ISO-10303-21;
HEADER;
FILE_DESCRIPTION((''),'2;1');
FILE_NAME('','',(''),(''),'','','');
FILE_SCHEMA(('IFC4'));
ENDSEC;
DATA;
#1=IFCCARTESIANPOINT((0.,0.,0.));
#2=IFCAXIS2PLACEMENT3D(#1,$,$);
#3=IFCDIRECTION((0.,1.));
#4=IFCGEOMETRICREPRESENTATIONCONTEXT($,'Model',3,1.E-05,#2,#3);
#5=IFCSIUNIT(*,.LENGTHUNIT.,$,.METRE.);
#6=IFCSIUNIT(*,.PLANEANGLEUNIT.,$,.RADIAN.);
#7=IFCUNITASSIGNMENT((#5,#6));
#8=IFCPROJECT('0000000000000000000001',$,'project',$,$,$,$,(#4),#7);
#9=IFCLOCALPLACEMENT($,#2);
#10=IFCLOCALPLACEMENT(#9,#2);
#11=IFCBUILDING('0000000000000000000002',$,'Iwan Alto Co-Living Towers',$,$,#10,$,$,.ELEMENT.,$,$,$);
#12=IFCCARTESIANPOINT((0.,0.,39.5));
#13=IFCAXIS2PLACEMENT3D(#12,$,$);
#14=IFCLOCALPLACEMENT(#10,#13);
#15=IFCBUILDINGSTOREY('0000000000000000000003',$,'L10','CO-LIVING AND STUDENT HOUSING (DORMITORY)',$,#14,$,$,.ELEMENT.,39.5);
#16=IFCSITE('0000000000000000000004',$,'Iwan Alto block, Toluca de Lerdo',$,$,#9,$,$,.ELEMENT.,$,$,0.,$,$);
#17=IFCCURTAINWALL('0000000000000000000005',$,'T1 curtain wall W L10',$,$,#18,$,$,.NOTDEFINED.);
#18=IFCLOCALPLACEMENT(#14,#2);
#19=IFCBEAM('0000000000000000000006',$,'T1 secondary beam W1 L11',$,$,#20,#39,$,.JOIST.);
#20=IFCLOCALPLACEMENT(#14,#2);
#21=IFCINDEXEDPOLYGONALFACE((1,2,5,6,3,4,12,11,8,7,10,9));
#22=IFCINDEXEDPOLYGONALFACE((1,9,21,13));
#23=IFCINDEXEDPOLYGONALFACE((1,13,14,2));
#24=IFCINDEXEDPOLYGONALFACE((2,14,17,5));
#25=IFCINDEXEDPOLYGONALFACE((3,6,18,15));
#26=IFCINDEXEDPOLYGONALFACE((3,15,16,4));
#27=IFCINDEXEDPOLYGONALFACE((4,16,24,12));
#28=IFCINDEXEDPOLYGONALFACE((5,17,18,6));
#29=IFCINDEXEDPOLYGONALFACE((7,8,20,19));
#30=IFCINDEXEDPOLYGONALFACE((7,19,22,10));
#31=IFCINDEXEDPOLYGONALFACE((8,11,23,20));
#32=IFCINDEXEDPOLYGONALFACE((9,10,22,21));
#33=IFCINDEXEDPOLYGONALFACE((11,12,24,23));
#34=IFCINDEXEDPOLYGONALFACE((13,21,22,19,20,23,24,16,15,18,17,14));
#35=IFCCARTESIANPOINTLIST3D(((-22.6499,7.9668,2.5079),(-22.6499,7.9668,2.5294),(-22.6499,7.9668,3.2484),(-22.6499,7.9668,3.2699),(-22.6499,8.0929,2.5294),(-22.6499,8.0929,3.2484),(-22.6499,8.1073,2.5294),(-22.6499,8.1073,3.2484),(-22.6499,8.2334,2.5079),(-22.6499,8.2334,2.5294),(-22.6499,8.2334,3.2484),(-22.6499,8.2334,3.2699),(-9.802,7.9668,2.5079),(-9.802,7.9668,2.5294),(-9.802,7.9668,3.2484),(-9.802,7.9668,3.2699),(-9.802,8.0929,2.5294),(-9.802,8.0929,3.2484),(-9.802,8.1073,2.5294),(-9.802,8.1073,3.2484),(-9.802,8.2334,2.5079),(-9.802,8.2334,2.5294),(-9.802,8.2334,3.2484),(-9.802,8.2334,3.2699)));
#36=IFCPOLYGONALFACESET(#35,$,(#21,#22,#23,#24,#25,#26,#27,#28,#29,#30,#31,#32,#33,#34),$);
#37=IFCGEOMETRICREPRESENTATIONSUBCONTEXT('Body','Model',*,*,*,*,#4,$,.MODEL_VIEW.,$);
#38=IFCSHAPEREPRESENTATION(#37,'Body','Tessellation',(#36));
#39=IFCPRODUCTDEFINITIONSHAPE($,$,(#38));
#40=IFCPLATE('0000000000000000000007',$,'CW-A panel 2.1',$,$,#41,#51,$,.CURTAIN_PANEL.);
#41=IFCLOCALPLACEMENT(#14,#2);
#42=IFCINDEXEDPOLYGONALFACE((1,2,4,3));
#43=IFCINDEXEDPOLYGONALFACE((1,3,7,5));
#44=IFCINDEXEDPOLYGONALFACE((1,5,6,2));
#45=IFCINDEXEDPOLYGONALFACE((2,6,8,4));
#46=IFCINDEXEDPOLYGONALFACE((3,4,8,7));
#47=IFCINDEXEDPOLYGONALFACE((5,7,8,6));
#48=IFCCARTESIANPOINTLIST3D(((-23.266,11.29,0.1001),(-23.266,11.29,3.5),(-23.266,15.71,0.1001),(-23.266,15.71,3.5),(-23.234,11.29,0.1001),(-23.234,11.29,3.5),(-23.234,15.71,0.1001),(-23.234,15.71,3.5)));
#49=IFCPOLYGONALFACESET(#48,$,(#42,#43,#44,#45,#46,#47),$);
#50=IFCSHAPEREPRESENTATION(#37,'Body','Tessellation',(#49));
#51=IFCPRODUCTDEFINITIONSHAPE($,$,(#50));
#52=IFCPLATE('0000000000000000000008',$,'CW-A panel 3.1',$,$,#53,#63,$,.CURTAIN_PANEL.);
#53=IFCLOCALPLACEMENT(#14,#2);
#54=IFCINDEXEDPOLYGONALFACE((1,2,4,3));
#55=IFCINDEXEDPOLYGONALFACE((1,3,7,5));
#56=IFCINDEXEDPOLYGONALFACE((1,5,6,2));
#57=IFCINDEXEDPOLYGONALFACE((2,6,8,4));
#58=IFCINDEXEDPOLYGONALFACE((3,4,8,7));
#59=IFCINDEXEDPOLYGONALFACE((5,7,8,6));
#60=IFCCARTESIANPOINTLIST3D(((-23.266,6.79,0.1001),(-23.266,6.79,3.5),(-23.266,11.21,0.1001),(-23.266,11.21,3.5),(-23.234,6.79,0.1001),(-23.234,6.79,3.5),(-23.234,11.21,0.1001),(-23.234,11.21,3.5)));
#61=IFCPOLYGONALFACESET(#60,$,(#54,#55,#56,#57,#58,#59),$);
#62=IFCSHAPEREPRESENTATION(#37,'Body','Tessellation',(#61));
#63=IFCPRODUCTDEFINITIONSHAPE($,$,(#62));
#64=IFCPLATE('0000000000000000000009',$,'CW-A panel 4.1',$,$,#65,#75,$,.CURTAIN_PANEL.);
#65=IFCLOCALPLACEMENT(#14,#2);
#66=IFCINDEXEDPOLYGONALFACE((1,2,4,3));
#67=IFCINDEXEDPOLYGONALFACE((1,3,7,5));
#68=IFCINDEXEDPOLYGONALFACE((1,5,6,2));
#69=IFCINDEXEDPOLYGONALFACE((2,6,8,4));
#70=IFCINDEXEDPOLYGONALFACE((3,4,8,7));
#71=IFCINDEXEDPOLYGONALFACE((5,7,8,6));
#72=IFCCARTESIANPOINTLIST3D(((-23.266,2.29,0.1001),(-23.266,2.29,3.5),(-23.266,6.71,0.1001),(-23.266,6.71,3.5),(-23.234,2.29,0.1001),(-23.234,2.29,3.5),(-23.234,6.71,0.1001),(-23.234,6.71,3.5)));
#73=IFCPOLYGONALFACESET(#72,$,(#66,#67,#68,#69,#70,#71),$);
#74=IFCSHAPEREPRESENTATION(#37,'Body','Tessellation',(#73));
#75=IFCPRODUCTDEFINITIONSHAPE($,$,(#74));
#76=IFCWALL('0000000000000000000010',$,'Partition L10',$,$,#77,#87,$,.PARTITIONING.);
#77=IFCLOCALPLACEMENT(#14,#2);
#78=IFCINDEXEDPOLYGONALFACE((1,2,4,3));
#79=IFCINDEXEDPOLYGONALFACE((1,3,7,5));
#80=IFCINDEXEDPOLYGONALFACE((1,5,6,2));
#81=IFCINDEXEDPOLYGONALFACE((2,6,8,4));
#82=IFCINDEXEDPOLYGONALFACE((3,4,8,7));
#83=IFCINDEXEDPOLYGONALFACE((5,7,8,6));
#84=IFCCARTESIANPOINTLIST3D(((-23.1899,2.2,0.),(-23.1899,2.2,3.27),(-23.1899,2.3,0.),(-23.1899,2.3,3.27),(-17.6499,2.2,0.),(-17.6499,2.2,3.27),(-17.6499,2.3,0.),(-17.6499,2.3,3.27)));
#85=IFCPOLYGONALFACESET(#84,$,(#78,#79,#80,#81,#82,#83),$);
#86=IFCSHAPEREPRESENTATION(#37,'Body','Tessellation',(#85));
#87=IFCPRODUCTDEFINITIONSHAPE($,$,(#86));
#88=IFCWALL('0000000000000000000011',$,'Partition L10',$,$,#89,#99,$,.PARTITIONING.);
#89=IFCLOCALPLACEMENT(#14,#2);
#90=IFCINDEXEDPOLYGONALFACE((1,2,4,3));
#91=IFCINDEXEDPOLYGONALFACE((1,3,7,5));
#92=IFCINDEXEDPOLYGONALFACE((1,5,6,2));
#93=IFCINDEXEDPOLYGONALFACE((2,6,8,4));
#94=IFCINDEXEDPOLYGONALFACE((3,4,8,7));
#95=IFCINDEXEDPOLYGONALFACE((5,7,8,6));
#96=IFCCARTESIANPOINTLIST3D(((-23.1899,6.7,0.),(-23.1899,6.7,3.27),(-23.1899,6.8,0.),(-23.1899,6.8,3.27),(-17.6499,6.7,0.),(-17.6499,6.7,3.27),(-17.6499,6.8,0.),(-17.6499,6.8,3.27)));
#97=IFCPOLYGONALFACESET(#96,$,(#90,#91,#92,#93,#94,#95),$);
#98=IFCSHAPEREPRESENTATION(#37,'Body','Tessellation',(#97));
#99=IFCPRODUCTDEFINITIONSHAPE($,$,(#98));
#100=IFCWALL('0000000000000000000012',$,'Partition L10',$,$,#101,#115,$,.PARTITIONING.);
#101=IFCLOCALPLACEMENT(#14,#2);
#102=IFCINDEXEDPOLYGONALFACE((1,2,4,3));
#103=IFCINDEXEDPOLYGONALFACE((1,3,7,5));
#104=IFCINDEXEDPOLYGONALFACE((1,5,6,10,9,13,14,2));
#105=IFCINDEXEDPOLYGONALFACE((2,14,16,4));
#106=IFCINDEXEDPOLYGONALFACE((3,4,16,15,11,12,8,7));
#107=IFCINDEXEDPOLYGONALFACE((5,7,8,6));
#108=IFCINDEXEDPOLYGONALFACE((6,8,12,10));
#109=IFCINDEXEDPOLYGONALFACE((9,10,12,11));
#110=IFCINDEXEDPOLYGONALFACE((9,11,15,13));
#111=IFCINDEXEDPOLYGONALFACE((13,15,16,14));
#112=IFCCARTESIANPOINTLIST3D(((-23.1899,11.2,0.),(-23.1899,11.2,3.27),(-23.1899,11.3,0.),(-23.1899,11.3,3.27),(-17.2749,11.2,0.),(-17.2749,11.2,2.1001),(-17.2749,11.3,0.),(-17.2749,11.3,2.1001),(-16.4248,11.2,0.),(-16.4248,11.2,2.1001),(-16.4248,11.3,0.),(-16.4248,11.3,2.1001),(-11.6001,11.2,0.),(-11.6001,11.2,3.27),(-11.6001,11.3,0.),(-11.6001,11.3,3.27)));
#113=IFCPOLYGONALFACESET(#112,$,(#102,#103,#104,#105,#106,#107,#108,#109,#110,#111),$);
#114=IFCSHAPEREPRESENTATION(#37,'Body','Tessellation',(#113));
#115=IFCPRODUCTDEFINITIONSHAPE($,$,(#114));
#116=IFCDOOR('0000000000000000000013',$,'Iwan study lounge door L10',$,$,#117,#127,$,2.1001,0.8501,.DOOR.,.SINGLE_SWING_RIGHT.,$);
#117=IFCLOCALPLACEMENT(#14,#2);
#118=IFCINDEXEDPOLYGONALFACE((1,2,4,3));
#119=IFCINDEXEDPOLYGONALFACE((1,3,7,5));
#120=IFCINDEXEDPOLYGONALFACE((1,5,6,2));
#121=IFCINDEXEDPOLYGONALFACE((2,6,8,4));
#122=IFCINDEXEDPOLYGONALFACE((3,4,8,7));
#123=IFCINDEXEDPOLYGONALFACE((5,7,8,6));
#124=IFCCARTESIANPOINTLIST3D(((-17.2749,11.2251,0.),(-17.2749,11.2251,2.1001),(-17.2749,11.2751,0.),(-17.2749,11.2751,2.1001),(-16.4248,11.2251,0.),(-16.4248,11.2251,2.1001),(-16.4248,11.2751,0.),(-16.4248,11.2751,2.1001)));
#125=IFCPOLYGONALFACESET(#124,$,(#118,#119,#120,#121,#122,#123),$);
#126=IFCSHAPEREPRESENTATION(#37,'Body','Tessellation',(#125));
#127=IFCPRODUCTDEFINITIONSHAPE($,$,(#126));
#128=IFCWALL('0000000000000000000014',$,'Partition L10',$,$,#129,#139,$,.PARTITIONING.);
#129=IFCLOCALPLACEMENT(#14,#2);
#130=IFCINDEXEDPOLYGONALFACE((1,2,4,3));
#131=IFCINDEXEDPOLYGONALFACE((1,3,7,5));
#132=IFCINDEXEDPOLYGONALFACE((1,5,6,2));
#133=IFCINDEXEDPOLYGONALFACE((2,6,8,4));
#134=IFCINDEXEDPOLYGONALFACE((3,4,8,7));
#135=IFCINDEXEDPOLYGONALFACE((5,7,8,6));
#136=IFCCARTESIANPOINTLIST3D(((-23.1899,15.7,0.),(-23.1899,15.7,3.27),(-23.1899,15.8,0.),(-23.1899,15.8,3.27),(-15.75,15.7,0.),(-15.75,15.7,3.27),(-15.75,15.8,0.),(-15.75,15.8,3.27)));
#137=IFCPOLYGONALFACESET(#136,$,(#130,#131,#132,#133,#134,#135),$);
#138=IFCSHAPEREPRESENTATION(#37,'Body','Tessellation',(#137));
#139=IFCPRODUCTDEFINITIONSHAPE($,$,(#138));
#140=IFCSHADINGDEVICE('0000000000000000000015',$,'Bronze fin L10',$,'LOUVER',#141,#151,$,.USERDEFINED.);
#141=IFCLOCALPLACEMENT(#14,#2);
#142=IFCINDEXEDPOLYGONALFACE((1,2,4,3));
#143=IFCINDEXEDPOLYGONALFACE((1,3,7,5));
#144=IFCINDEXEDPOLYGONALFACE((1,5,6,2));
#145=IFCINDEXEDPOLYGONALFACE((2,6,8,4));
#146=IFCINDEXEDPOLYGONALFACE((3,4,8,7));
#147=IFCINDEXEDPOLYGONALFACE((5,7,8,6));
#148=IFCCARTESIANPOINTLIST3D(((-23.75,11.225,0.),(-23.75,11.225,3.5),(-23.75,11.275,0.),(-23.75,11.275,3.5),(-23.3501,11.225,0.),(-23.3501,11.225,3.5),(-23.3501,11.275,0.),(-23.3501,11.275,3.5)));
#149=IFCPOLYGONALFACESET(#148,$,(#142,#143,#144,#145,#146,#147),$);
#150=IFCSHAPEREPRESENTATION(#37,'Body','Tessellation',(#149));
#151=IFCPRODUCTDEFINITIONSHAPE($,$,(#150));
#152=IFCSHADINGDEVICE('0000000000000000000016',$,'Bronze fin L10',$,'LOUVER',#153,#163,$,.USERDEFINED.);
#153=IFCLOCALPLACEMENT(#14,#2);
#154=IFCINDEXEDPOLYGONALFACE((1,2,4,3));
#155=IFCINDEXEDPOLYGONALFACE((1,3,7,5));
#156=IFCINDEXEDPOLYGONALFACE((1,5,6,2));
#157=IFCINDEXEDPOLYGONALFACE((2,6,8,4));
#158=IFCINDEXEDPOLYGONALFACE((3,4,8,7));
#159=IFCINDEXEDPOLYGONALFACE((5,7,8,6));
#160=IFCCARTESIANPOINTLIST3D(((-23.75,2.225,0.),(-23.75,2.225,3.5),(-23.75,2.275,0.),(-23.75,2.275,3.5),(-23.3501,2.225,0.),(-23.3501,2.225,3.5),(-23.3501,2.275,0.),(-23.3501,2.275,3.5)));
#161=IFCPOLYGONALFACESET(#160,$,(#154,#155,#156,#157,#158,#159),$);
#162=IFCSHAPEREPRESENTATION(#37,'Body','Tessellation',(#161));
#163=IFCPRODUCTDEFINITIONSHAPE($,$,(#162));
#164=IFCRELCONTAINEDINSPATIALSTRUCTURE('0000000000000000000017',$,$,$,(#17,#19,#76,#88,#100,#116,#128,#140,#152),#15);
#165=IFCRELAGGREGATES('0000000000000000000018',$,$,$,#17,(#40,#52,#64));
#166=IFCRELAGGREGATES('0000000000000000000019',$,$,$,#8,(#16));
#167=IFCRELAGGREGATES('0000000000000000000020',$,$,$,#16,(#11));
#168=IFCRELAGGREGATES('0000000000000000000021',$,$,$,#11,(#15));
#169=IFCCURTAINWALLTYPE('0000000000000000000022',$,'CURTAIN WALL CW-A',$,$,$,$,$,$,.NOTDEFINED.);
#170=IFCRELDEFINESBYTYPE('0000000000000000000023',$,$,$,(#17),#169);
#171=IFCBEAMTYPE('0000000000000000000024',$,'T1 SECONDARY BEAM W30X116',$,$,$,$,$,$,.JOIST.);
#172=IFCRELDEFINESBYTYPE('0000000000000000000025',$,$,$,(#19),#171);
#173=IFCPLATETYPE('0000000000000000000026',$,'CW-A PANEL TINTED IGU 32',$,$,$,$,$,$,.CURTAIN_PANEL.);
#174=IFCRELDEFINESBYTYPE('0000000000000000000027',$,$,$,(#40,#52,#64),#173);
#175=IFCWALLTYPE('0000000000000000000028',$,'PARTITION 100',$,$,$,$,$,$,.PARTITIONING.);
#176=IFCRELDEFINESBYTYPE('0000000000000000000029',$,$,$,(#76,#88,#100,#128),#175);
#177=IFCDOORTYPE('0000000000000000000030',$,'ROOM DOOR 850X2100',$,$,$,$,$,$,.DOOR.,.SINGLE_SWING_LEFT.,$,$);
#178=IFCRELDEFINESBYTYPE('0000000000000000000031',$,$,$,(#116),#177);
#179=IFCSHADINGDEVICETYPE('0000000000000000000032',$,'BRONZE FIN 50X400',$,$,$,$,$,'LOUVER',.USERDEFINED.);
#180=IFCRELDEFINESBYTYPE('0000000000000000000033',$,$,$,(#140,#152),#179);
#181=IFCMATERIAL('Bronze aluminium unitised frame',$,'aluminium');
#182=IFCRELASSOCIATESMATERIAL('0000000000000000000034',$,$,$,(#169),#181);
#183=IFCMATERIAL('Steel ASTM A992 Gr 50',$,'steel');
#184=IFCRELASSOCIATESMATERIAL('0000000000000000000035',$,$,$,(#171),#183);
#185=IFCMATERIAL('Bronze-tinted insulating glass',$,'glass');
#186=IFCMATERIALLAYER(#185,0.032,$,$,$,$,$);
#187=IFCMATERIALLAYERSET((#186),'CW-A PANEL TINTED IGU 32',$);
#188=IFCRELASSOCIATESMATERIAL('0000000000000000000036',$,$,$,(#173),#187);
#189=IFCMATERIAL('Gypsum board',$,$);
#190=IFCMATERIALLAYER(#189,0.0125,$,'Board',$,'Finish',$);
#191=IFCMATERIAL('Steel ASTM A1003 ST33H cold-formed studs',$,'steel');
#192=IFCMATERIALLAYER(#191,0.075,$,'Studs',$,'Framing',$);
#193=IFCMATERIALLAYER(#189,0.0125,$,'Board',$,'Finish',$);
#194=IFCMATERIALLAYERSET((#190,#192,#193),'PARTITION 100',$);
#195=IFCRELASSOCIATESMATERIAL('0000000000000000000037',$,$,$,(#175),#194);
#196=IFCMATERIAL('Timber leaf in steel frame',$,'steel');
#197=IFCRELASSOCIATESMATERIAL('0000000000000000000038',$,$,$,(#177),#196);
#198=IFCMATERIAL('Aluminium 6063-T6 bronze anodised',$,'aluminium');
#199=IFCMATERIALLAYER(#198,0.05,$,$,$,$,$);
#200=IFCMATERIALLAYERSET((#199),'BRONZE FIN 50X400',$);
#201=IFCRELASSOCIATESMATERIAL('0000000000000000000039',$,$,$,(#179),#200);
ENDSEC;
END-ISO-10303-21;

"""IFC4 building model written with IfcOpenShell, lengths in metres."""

from ifc_helpers import new_model, si_unit, direction, frame, frame_2d, origin, origin_2d, place, context, subcontext, project, spatial, rectangle, i_section, extrude, material, layer, layer_set, material_profile, profile_set, type_object, element, fill, aggregate, save


model = new_model("IFC4")

# Units and contexts
model_context = context("Model", 3, precision=1e-05, world=origin(), true_north=direction((0.0, 1.0)))
body_context = subcontext(model_context, "Body", "Model", "MODEL_VIEW")
ifc_project = project(units=[si_unit("LENGTHUNIT", "METRE"), si_unit("PLANEANGLEUNIT", "RADIAN")], contexts=[model_context])

# Site, building, storey
site_placement = place(None, origin())
site = spatial("IfcSite", under=ifc_project, at=site_placement, Name="Iwan Alto block, Toluca de Lerdo", CompositionType="ELEMENT", RefElevation=0.0)
building_placement = place(site_placement, origin())
building = spatial("IfcBuilding", under=site, at=building_placement, Name="Iwan Alto Co-Living Towers", CompositionType="ELEMENT")
storey_placement = place(building_placement, frame((0.0, 0.0, 39.5)))
storey = spatial("IfcBuildingStorey", under=building, at=storey_placement, Name="L10", Description="CO-LIVING AND STUDENT HOUSING (DORMITORY)", CompositionType="ELEMENT", Elevation=39.5)

# Curtain wall
ifc_material_1 = material(Name="Bronze aluminium unitised frame", Category="aluminium")
curtain_wall_type = type_object("IfcCurtainWallType", Name="CURTAIN WALL CW-A", PredefinedType="NOTDEFINED", material=ifc_material_1)
curtain_wall_placement = place(storey_placement, origin())
curtain_wall = element("IfcCurtainWall", 1, at=curtain_wall_placement, inside=storey, type_object=curtain_wall_type, Name="T1 curtain wall W L10", PredefinedType="NOTDEFINED")

# Beam
ifc_material_2 = material(Name="Steel ASTM A992 Gr 50", Category="steel")
ifc_material_profile_1 = material_profile(ifc_material_2, i_section(OverallWidth=0.2666, OverallDepth=0.762, WebThickness=0.0144, FlangeThickness=0.0215, at=origin_2d()), Name="W30X116")
ifc_profile_set_1 = profile_set([ifc_material_profile_1], Name="Steel ASTM A992 Gr 50")
beam_type_1 = type_object("IfcBeamType", Name="T1 SECONDARY BEAM W30X116", PredefinedType="JOIST", material=ifc_profile_set_1)
beam_1_placement = place(storey_placement, frame((-22.6499, 8.1001, 2.8889), z_axis=(1.0, 0.0, 0.0), x_axis=(0.0, 1.0, 0.0)))
element("IfcBeam", 2, at=beam_1_placement, inside=storey, type_object=beam_type_1, Name="T1 secondary beam W1 L11", PredefinedType="JOIST", context=body_context, shape_type="SweptSolid", body=[
    extrude(i_section(OverallWidth=0.2666, OverallDepth=0.762, WebThickness=0.0144, FlangeThickness=0.0215, at=origin_2d()), origin(), (0.0, 0.0, 1.0), 12.8479),
])

# Plates
ifc_material_3 = material(Name="Bronze-tinted insulating glass", Category="glass")
ifc_layer_1 = layer(ifc_material_3, 0.032)
ifc_layer_set_1 = layer_set([ifc_layer_1], Name="CW-A PANEL TINTED IGU 32")
plate_type = type_object("IfcPlateType", Name="CW-A PANEL TINTED IGU 32", PredefinedType="CURTAIN_PANEL", material=ifc_layer_set_1)
plate_1_placement = place(storey_placement, frame((-23.25, 13.5, 0.1001), z_axis=(0.0, 0.0, 1.0), x_axis=(0.0, -1.0, 0.0)))
plate_1 = element("IfcPlate", 3, at=plate_1_placement, type_object=plate_type, Name="CW-A panel 2.1", PredefinedType="CURTAIN_PANEL", context=body_context, shape_type="SweptSolid", body=[
    extrude(rectangle(XDim=4.4199, YDim=0.032, at=origin_2d()), origin(), (0.0, 0.0, 1.0), 3.3999),
])
plate_2_placement = place(storey_placement, frame((-23.25, 9.0, 0.1001), z_axis=(0.0, 0.0, 1.0), x_axis=(0.0, -1.0, 0.0)))
plate_2 = element("IfcPlate", 4, at=plate_2_placement, type_object=plate_type, Name="CW-A panel 3.1", PredefinedType="CURTAIN_PANEL", context=body_context, shape_type="SweptSolid", body=[
    extrude(rectangle(XDim=4.4199, YDim=0.032, at=origin_2d()), origin(), (0.0, 0.0, 1.0), 3.3999),
])
plate_3_placement = place(storey_placement, frame((-23.25, 4.5, 0.1001), z_axis=(0.0, 0.0, 1.0), x_axis=(0.0, -1.0, 0.0)))
plate_3 = element("IfcPlate", 5, at=plate_3_placement, type_object=plate_type, Name="CW-A panel 4.1", PredefinedType="CURTAIN_PANEL", context=body_context, shape_type="SweptSolid", body=[
    extrude(rectangle(XDim=4.4199, YDim=0.032, at=origin_2d()), origin(), (0.0, 0.0, 1.0), 3.3999),
])
aggregate(curtain_wall, [plate_1, plate_2, plate_3])

# Walls
ifc_material_4 = material(Name="Gypsum board")
ifc_layer_2 = layer(ifc_material_4, 0.0125, Name="Board", Category="Finish")
ifc_material_5 = material(Name="Steel ASTM A1003 ST33H cold-formed studs", Category="steel")
ifc_layer_3 = layer(ifc_material_5, 0.075, Name="Studs", Category="Framing")
ifc_layer_4 = layer(ifc_material_4, 0.0125, Name="Board", Category="Finish")
ifc_layer_set_2 = layer_set([ifc_layer_2, ifc_layer_3, ifc_layer_4], Name="PARTITION 100")
wall_type = type_object("IfcWallType", Name="PARTITION 100", PredefinedType="PARTITIONING", material=ifc_layer_set_2)
for number, where, z_axis, x_axis, name in (
    (6, (-23.1899, 2.25, 0.0), (0.0, 0.0, 1.0), (1.0, 0.0, 0.0), "Partition L10"),
    (7, (-23.1899, 6.75, 0.0), (0.0, 0.0, 1.0), (1.0, 0.0, 0.0), "Partition L10"),
):
    element("IfcWall", number, at=place(storey_placement, frame(where, z_axis=z_axis, x_axis=x_axis)), inside=storey, type_object=wall_type, Name=name, PredefinedType="PARTITIONING", context=body_context, shape_type="SweptSolid", body=[
        extrude(rectangle(XDim=5.54, YDim=0.1001, at=frame_2d((2.77, 0.0))), origin(), (0.0, 0.0, 1.0), 3.27),
    ])

# Wall, opening, door
wall_1_placement = place(storey_placement, frame((-23.1899, 11.25, 0.0), z_axis=(0.0, 0.0, 1.0), x_axis=(1.0, 0.0, 0.0)))
wall_1 = element("IfcWall", 8, at=wall_1_placement, inside=storey, type_object=wall_type, Name="Partition L10", PredefinedType="PARTITIONING", context=body_context, shape_type="SweptSolid", body=[
    extrude(rectangle(XDim=11.5898, YDim=0.1001, at=frame_2d((5.7949, 0.0))), origin(), (0.0, 0.0, 1.0), 3.27),
])
opening_placement = place(wall_1_placement, frame((5.915, 0.0, 0.0)))
opening = element("IfcOpeningElement", 9, at=opening_placement, cuts=wall_1, PredefinedType="OPENING", context=body_context, shape_type="SweptSolid", body=[
    extrude(rectangle(XDim=0.8501, YDim=2.1001, at=frame_2d((0.425, 1.05))), frame((0.0, 0.0601, 0.0), z_axis=(0.0, -1.0, 0.0), x_axis=(1.0, 0.0, 0.0)), (0.0, 0.0, 1.0), 0.1201),
])
ifc_material_6 = material(Name="Timber leaf in steel frame", Category="steel")
door_type = type_object("IfcDoorType", Name="ROOM DOOR 850X2100", OperationType="SINGLE_SWING_LEFT", PredefinedType="DOOR", material=ifc_material_6)
door_placement = place(opening_placement, frame((0.8501, 0.0, 0.0), z_axis=(0.0, 0.0, 1.0), x_axis=(-1.0, 0.0, 0.0)))
door = element("IfcDoor", 10, at=door_placement, inside=storey, type_object=door_type, Name="Iwan study lounge door L10", OperationType="SINGLE_SWING_RIGHT", OverallHeight=2.1001, OverallWidth=0.8501, PredefinedType="DOOR", context=body_context, shape_type="SweptSolid", body=[
    extrude(rectangle(XDim=0.8501, YDim=2.1001, at=frame_2d((0.425, 1.05))), frame((0.0, 0.0249, 0.0), z_axis=(0.0, -1.0, 0.0), x_axis=(1.0, 0.0, 0.0)), (0.0, 0.0, 1.0), 0.05),
])
fill(opening, door)

# Wall
wall_2_placement = place(storey_placement, frame((-23.1899, 15.75, 0.0), z_axis=(0.0, 0.0, 1.0), x_axis=(1.0, 0.0, 0.0)))
element("IfcWall", 11, at=wall_2_placement, inside=storey, type_object=wall_type, Name="Partition L10", PredefinedType="PARTITIONING", context=body_context, shape_type="SweptSolid", body=[
    extrude(rectangle(XDim=7.4399, YDim=0.1001, at=frame_2d((3.72, 0.0))), origin(), (0.0, 0.0, 1.0), 3.27),
])

# Shading devices
ifc_material_7 = material(Name="Aluminium 6063-T6 bronze anodised", Category="aluminium")
ifc_layer_5 = layer(ifc_material_7, 0.05)
ifc_layer_set_3 = layer_set([ifc_layer_5], Name="BRONZE FIN 50X400")
shading_device_type = type_object("IfcShadingDeviceType", Name="BRONZE FIN 50X400", ElementType="LOUVER", PredefinedType="USERDEFINED", material=ifc_layer_set_3)
for number, where, z_axis, x_axis, name in (
    (12, (-23.55, 11.25, 0.0), (0.0, 0.0, 1.0), (0.0, -1.0, 0.0), "Bronze fin L10"),
    (13, (-23.55, 2.25, 0.0), (0.0, 0.0, 1.0), (0.0, -1.0, 0.0), "Bronze fin L10"),
):
    element("IfcShadingDevice", number, at=place(storey_placement, frame(where, z_axis=z_axis, x_axis=x_axis)), inside=storey, type_object=shading_device_type, Name=name, ObjectType="LOUVER", PredefinedType="USERDEFINED", context=body_context, shape_type="SweptSolid", body=[
        extrude(rectangle(XDim=0.05, YDim=0.3999, at=origin_2d()), origin(), (0.0, 0.0, 1.0), 3.5),
    ])

save(model, "model.ifc")
